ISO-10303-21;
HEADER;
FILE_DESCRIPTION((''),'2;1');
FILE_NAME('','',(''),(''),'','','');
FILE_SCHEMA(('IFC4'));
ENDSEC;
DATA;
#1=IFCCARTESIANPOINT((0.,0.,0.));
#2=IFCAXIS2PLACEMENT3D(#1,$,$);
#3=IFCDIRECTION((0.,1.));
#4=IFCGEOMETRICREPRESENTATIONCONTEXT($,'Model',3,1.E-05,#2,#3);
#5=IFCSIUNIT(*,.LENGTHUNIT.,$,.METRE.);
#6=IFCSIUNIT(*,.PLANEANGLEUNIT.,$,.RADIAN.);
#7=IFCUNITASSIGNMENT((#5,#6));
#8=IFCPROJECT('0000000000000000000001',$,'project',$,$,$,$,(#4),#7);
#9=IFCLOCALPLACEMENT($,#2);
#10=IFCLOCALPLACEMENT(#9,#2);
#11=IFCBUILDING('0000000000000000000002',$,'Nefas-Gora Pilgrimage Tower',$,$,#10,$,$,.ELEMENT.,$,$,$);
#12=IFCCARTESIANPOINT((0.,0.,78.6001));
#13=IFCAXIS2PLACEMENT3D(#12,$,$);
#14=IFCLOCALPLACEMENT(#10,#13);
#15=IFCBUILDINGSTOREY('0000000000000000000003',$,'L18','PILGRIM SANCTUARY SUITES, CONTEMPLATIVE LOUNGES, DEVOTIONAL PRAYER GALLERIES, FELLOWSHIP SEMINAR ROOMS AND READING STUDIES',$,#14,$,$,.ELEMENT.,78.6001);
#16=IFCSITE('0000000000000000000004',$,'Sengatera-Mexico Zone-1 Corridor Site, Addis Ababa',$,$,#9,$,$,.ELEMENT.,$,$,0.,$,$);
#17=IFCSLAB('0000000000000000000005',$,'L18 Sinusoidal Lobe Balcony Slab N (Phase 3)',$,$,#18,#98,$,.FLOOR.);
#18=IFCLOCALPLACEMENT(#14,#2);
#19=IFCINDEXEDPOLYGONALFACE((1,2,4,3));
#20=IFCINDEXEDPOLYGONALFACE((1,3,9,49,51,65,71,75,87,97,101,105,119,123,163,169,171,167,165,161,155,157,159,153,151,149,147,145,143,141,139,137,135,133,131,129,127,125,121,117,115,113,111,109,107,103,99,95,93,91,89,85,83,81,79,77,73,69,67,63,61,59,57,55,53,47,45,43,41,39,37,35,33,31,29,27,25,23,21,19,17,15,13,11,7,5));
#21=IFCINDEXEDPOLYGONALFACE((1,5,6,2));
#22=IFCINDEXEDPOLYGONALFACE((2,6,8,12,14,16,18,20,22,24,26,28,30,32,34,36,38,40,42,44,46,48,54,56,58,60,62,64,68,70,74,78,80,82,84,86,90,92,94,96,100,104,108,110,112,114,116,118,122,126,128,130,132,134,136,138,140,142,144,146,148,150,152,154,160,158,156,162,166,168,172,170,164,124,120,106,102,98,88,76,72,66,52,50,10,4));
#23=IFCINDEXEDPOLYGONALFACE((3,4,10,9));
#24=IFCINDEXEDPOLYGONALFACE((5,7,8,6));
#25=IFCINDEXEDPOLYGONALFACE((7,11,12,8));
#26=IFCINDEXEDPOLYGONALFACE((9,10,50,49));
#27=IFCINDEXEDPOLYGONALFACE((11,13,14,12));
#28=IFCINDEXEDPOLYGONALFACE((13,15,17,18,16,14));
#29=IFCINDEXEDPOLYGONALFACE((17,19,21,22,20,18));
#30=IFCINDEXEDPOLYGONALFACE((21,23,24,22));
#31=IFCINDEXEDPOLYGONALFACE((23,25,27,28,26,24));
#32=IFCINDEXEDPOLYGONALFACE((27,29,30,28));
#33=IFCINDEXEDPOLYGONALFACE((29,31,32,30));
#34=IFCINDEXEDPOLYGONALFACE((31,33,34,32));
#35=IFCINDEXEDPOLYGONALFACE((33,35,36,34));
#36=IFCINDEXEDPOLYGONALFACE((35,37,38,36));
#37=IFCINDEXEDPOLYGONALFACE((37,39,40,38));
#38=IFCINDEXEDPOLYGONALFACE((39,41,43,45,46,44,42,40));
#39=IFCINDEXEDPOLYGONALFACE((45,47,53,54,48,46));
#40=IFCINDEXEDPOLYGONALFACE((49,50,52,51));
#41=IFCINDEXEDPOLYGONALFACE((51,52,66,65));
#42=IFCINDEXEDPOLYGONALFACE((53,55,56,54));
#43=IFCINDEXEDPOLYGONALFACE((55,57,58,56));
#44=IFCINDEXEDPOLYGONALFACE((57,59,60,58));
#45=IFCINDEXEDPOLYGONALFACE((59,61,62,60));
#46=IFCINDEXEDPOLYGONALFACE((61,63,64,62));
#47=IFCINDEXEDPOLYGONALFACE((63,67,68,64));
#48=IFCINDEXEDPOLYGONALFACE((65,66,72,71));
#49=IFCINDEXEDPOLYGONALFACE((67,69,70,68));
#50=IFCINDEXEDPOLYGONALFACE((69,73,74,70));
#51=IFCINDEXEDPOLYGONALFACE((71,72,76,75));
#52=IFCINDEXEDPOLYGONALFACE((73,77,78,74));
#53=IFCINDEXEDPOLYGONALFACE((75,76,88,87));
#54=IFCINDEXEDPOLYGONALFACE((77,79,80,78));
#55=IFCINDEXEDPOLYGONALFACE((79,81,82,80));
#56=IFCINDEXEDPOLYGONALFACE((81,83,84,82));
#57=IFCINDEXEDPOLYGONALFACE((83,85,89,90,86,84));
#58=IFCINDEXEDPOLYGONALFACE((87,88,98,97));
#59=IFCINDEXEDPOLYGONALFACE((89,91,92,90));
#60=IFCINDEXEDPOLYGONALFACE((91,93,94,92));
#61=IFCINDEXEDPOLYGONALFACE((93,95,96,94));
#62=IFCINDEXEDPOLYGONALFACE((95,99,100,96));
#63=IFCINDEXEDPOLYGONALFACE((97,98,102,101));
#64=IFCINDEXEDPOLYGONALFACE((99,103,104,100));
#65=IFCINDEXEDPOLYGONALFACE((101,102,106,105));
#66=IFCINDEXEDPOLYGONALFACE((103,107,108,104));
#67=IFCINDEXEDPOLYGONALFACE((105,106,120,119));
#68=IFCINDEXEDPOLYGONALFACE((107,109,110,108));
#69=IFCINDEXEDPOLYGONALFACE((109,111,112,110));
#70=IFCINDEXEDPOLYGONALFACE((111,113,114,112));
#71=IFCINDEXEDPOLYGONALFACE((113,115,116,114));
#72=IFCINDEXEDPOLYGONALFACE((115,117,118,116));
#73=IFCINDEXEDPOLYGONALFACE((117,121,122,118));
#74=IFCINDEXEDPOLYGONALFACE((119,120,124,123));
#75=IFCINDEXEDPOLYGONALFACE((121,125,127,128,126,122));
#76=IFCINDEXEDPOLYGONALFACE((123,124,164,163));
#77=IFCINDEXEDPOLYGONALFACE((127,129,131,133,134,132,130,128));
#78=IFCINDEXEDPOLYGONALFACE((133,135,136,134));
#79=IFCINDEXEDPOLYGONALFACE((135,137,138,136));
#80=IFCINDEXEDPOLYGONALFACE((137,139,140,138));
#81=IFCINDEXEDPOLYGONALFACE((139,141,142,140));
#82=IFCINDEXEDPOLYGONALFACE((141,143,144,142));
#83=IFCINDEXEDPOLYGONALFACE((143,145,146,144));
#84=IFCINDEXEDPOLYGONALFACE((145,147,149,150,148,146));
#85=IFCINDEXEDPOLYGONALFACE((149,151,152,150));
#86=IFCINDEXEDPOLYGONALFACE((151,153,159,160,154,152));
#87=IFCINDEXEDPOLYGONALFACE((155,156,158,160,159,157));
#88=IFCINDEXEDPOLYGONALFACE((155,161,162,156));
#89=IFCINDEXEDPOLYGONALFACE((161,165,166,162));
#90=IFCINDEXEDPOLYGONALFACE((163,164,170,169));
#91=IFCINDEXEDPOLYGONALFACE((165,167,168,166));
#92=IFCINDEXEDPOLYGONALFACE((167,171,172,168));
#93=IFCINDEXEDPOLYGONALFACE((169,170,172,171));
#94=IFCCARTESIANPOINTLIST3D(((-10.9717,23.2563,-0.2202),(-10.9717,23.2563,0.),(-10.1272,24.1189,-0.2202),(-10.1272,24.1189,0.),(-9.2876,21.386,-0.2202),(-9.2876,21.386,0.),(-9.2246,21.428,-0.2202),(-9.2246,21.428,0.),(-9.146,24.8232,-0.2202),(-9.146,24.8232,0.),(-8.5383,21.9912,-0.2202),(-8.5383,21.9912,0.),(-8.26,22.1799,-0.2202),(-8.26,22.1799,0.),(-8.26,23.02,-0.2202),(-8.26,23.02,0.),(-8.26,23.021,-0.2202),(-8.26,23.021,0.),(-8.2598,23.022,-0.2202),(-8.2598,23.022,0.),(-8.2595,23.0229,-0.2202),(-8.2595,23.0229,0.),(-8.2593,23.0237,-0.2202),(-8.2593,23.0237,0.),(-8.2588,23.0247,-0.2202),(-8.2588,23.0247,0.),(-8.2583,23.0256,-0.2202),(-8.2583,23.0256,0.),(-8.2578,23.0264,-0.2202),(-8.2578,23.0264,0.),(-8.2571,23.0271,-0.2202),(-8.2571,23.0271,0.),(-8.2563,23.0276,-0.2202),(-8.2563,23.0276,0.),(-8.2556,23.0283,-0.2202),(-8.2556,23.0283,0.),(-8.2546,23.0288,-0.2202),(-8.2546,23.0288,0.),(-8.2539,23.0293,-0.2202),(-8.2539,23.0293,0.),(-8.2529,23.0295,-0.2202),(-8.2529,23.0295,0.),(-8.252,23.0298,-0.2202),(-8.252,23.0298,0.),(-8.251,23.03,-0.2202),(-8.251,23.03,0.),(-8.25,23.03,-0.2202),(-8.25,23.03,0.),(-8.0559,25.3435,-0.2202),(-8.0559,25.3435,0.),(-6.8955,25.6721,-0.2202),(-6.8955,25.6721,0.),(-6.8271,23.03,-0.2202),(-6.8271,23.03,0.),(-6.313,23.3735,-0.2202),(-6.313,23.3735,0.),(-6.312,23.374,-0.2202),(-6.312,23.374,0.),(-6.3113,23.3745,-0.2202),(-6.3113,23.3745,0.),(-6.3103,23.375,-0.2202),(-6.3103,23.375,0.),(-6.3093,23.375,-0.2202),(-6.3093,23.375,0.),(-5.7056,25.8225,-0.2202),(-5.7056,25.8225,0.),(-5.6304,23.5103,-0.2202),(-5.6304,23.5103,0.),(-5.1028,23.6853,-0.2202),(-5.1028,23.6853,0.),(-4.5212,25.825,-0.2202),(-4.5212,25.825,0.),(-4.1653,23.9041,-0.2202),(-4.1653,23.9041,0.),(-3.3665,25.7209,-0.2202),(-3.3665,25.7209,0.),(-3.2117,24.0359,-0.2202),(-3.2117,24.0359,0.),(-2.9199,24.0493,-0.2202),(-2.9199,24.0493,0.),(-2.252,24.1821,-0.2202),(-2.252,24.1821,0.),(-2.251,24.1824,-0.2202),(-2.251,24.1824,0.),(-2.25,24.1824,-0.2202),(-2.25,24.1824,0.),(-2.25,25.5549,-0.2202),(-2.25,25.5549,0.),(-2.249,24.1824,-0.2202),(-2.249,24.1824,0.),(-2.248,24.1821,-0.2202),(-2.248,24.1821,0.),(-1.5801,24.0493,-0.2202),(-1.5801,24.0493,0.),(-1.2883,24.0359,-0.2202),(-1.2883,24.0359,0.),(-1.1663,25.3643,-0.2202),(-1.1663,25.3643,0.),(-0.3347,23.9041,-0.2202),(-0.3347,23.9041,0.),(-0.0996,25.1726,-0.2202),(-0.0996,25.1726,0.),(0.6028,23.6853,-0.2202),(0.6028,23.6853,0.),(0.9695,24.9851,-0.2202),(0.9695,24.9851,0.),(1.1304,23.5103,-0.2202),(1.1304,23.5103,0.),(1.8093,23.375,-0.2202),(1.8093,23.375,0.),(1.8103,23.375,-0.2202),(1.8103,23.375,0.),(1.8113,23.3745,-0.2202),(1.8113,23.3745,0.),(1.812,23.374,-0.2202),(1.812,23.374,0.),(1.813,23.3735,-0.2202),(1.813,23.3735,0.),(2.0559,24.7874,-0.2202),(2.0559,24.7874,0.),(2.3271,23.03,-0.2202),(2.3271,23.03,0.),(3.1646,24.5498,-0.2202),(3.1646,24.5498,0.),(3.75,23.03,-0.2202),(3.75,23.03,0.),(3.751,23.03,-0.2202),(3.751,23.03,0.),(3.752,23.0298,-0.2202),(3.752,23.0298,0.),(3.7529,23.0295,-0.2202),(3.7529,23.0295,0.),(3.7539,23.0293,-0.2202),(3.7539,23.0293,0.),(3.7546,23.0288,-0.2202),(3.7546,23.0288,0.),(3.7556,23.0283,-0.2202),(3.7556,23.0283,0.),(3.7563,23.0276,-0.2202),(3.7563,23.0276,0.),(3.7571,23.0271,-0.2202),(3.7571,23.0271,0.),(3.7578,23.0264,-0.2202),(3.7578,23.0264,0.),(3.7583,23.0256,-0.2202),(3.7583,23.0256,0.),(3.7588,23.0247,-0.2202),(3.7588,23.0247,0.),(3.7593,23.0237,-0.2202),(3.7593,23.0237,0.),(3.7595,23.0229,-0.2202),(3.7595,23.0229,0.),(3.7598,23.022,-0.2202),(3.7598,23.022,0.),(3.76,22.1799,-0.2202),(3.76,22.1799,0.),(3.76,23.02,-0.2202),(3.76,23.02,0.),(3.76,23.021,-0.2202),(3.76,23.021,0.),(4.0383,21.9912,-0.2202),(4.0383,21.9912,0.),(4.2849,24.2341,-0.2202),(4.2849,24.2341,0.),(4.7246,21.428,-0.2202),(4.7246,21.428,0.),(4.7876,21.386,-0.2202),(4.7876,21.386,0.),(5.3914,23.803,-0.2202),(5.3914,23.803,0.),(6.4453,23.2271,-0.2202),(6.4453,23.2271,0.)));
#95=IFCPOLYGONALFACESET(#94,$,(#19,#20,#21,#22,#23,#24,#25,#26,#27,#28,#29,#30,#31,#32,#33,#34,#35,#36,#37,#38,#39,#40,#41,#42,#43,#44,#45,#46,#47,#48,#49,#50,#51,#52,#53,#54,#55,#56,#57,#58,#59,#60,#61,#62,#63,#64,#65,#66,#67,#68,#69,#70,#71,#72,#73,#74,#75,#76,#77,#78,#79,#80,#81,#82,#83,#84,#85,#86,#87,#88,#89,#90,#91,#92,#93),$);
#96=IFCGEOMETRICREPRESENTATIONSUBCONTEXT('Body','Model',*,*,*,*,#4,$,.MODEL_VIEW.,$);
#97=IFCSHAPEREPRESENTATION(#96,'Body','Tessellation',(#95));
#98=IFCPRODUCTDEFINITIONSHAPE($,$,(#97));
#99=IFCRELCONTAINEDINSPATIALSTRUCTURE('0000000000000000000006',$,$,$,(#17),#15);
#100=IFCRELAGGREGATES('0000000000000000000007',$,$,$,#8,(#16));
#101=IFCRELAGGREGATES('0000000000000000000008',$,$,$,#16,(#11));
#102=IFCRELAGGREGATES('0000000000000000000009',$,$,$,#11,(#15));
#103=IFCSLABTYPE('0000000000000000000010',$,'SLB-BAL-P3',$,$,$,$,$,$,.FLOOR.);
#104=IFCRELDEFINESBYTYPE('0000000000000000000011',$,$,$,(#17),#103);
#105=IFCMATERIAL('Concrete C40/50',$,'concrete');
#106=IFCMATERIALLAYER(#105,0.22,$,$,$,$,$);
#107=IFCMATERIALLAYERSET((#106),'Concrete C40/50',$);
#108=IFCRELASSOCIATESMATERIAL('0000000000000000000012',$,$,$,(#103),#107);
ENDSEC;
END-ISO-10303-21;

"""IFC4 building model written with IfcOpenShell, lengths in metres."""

from ifc_helpers import new_model, si_unit, direction, frame, origin, place, context, subcontext, project, spatial, polyline, outline, extrude, material, layer, layer_set, type_object, element, save


model = new_model("IFC4")

# Units and contexts
model_context = context("Model", 3, precision=1e-05, world=origin(), true_north=direction((0.0, 1.0)))
body_context = subcontext(model_context, "Body", "Model", "MODEL_VIEW")
ifc_project = project(units=[si_unit("LENGTHUNIT", "METRE"), si_unit("PLANEANGLEUNIT", "RADIAN")], contexts=[model_context])

# Site, building, storey
site_placement = place(None, origin())
site = spatial("IfcSite", under=ifc_project, at=site_placement, Name="Sengatera-Mexico Zone-1 Corridor Site, Addis Ababa", CompositionType="ELEMENT", RefElevation=0.0)
building_placement = place(site_placement, origin())
building = spatial("IfcBuilding", under=site, at=building_placement, Name="Nefas-Gora Pilgrimage Tower", CompositionType="ELEMENT")
storey_placement = place(building_placement, frame((0.0, 0.0, 78.6001)))
storey = spatial("IfcBuildingStorey", under=building, at=storey_placement, Name="L18", Description="PILGRIM SANCTUARY SUITES, CONTEMPLATIVE LOUNGES, DEVOTIONAL PRAYER GALLERIES, FELLOWSHIP SEMINAR ROOMS AND READING STUDIES", CompositionType="ELEMENT", Elevation=78.6001)

# Slab
ifc_material_1 = material(Name="Concrete C40/50", Category="concrete")
ifc_layer_1 = layer(ifc_material_1, 0.22)
ifc_layer_set_1 = layer_set([ifc_layer_1], Name="Concrete C40/50")
slab_type_1 = type_object("IfcSlabType", Name="SLB-BAL-P3", PredefinedType="FLOOR", material=ifc_layer_set_1)
slab_1_placement = place(storey_placement, frame((0.0, 0.0, -0.2202)))
element("IfcSlab", 1, at=slab_1_placement, inside=storey, type_object=slab_type_1, Name="L18 Sinusoidal Lobe Balcony Slab N (Phase 3)", PredefinedType="FLOOR", context=body_context, shape_type="SweptSolid", body=[
    extrude(outline(polyline([(-9.2876, 21.386), (-9.2246, 21.428), (-8.5383, 21.9912), (-8.26, 22.1799), (-8.26, 23.02), (-8.26, 23.021), (-8.2598, 23.022), (-8.2595, 23.0229), (-8.2593, 23.0237), (-8.2588, 23.0247), (-8.2583, 23.0256), (-8.2578, 23.0264), (-8.2571, 23.0271), (-8.2563, 23.0276), (-8.2556, 23.0283), (-8.2546, 23.0288), (-8.2539, 23.0293), (-8.2529, 23.0295), (-8.252, 23.0298), (-8.251, 23.03), (-8.25, 23.03), (-6.8271, 23.03), (-6.313, 23.3735), (-6.312, 23.374), (-6.3113, 23.3745), (-6.3103, 23.375), (-6.3093, 23.375), (-5.6304, 23.5103), (-5.1028, 23.6853), (-4.1653, 23.9041), (-3.2117, 24.0359), (-2.9199, 24.0493), (-2.252, 24.1821), (-2.251, 24.1824), (-2.25, 24.1824), (-2.249, 24.1824), (-2.248, 24.1821), (-1.5801, 24.0493), (-1.2883, 24.0359), (-0.3347, 23.9041), (0.6028, 23.6853), (1.1304, 23.5103), (1.8093, 23.375), (1.8103, 23.375), (1.8113, 23.3745), (1.812, 23.374), (1.813, 23.3735), (2.3271, 23.03), (3.75, 23.03), (3.751, 23.03), (3.752, 23.0298), (3.7529, 23.0295), (3.7539, 23.0293), (3.7546, 23.0288), (3.7556, 23.0283), (3.7563, 23.0276), (3.7571, 23.0271), (3.7578, 23.0264), (3.7583, 23.0256), (3.7588, 23.0247), (3.7593, 23.0237), (3.7595, 23.0229), (3.7598, 23.022), (3.76, 23.021), (3.76, 23.02), (3.76, 22.1799), (4.0383, 21.9912), (4.7246, 21.428), (4.7876, 21.386), (6.4453, 23.2271), (5.3914, 23.803), (4.2849, 24.2341), (3.1646, 24.5498), (2.0559, 24.7874), (0.9695, 24.9851), (-0.0996, 25.1726), (-1.1663, 25.3643), (-2.25, 25.5549), (-3.3665, 25.7209), (-4.5212, 25.825), (-5.7056, 25.8225), (-6.8955, 25.6721), (-8.0559, 25.3435), (-9.146, 24.8232), (-10.1272, 24.1189), (-10.9717, 23.2563), (-9.2876, 21.386)])), origin(), (0.0, 0.0, 1.0), 0.2202),
])

save(model, "model.ifc")
